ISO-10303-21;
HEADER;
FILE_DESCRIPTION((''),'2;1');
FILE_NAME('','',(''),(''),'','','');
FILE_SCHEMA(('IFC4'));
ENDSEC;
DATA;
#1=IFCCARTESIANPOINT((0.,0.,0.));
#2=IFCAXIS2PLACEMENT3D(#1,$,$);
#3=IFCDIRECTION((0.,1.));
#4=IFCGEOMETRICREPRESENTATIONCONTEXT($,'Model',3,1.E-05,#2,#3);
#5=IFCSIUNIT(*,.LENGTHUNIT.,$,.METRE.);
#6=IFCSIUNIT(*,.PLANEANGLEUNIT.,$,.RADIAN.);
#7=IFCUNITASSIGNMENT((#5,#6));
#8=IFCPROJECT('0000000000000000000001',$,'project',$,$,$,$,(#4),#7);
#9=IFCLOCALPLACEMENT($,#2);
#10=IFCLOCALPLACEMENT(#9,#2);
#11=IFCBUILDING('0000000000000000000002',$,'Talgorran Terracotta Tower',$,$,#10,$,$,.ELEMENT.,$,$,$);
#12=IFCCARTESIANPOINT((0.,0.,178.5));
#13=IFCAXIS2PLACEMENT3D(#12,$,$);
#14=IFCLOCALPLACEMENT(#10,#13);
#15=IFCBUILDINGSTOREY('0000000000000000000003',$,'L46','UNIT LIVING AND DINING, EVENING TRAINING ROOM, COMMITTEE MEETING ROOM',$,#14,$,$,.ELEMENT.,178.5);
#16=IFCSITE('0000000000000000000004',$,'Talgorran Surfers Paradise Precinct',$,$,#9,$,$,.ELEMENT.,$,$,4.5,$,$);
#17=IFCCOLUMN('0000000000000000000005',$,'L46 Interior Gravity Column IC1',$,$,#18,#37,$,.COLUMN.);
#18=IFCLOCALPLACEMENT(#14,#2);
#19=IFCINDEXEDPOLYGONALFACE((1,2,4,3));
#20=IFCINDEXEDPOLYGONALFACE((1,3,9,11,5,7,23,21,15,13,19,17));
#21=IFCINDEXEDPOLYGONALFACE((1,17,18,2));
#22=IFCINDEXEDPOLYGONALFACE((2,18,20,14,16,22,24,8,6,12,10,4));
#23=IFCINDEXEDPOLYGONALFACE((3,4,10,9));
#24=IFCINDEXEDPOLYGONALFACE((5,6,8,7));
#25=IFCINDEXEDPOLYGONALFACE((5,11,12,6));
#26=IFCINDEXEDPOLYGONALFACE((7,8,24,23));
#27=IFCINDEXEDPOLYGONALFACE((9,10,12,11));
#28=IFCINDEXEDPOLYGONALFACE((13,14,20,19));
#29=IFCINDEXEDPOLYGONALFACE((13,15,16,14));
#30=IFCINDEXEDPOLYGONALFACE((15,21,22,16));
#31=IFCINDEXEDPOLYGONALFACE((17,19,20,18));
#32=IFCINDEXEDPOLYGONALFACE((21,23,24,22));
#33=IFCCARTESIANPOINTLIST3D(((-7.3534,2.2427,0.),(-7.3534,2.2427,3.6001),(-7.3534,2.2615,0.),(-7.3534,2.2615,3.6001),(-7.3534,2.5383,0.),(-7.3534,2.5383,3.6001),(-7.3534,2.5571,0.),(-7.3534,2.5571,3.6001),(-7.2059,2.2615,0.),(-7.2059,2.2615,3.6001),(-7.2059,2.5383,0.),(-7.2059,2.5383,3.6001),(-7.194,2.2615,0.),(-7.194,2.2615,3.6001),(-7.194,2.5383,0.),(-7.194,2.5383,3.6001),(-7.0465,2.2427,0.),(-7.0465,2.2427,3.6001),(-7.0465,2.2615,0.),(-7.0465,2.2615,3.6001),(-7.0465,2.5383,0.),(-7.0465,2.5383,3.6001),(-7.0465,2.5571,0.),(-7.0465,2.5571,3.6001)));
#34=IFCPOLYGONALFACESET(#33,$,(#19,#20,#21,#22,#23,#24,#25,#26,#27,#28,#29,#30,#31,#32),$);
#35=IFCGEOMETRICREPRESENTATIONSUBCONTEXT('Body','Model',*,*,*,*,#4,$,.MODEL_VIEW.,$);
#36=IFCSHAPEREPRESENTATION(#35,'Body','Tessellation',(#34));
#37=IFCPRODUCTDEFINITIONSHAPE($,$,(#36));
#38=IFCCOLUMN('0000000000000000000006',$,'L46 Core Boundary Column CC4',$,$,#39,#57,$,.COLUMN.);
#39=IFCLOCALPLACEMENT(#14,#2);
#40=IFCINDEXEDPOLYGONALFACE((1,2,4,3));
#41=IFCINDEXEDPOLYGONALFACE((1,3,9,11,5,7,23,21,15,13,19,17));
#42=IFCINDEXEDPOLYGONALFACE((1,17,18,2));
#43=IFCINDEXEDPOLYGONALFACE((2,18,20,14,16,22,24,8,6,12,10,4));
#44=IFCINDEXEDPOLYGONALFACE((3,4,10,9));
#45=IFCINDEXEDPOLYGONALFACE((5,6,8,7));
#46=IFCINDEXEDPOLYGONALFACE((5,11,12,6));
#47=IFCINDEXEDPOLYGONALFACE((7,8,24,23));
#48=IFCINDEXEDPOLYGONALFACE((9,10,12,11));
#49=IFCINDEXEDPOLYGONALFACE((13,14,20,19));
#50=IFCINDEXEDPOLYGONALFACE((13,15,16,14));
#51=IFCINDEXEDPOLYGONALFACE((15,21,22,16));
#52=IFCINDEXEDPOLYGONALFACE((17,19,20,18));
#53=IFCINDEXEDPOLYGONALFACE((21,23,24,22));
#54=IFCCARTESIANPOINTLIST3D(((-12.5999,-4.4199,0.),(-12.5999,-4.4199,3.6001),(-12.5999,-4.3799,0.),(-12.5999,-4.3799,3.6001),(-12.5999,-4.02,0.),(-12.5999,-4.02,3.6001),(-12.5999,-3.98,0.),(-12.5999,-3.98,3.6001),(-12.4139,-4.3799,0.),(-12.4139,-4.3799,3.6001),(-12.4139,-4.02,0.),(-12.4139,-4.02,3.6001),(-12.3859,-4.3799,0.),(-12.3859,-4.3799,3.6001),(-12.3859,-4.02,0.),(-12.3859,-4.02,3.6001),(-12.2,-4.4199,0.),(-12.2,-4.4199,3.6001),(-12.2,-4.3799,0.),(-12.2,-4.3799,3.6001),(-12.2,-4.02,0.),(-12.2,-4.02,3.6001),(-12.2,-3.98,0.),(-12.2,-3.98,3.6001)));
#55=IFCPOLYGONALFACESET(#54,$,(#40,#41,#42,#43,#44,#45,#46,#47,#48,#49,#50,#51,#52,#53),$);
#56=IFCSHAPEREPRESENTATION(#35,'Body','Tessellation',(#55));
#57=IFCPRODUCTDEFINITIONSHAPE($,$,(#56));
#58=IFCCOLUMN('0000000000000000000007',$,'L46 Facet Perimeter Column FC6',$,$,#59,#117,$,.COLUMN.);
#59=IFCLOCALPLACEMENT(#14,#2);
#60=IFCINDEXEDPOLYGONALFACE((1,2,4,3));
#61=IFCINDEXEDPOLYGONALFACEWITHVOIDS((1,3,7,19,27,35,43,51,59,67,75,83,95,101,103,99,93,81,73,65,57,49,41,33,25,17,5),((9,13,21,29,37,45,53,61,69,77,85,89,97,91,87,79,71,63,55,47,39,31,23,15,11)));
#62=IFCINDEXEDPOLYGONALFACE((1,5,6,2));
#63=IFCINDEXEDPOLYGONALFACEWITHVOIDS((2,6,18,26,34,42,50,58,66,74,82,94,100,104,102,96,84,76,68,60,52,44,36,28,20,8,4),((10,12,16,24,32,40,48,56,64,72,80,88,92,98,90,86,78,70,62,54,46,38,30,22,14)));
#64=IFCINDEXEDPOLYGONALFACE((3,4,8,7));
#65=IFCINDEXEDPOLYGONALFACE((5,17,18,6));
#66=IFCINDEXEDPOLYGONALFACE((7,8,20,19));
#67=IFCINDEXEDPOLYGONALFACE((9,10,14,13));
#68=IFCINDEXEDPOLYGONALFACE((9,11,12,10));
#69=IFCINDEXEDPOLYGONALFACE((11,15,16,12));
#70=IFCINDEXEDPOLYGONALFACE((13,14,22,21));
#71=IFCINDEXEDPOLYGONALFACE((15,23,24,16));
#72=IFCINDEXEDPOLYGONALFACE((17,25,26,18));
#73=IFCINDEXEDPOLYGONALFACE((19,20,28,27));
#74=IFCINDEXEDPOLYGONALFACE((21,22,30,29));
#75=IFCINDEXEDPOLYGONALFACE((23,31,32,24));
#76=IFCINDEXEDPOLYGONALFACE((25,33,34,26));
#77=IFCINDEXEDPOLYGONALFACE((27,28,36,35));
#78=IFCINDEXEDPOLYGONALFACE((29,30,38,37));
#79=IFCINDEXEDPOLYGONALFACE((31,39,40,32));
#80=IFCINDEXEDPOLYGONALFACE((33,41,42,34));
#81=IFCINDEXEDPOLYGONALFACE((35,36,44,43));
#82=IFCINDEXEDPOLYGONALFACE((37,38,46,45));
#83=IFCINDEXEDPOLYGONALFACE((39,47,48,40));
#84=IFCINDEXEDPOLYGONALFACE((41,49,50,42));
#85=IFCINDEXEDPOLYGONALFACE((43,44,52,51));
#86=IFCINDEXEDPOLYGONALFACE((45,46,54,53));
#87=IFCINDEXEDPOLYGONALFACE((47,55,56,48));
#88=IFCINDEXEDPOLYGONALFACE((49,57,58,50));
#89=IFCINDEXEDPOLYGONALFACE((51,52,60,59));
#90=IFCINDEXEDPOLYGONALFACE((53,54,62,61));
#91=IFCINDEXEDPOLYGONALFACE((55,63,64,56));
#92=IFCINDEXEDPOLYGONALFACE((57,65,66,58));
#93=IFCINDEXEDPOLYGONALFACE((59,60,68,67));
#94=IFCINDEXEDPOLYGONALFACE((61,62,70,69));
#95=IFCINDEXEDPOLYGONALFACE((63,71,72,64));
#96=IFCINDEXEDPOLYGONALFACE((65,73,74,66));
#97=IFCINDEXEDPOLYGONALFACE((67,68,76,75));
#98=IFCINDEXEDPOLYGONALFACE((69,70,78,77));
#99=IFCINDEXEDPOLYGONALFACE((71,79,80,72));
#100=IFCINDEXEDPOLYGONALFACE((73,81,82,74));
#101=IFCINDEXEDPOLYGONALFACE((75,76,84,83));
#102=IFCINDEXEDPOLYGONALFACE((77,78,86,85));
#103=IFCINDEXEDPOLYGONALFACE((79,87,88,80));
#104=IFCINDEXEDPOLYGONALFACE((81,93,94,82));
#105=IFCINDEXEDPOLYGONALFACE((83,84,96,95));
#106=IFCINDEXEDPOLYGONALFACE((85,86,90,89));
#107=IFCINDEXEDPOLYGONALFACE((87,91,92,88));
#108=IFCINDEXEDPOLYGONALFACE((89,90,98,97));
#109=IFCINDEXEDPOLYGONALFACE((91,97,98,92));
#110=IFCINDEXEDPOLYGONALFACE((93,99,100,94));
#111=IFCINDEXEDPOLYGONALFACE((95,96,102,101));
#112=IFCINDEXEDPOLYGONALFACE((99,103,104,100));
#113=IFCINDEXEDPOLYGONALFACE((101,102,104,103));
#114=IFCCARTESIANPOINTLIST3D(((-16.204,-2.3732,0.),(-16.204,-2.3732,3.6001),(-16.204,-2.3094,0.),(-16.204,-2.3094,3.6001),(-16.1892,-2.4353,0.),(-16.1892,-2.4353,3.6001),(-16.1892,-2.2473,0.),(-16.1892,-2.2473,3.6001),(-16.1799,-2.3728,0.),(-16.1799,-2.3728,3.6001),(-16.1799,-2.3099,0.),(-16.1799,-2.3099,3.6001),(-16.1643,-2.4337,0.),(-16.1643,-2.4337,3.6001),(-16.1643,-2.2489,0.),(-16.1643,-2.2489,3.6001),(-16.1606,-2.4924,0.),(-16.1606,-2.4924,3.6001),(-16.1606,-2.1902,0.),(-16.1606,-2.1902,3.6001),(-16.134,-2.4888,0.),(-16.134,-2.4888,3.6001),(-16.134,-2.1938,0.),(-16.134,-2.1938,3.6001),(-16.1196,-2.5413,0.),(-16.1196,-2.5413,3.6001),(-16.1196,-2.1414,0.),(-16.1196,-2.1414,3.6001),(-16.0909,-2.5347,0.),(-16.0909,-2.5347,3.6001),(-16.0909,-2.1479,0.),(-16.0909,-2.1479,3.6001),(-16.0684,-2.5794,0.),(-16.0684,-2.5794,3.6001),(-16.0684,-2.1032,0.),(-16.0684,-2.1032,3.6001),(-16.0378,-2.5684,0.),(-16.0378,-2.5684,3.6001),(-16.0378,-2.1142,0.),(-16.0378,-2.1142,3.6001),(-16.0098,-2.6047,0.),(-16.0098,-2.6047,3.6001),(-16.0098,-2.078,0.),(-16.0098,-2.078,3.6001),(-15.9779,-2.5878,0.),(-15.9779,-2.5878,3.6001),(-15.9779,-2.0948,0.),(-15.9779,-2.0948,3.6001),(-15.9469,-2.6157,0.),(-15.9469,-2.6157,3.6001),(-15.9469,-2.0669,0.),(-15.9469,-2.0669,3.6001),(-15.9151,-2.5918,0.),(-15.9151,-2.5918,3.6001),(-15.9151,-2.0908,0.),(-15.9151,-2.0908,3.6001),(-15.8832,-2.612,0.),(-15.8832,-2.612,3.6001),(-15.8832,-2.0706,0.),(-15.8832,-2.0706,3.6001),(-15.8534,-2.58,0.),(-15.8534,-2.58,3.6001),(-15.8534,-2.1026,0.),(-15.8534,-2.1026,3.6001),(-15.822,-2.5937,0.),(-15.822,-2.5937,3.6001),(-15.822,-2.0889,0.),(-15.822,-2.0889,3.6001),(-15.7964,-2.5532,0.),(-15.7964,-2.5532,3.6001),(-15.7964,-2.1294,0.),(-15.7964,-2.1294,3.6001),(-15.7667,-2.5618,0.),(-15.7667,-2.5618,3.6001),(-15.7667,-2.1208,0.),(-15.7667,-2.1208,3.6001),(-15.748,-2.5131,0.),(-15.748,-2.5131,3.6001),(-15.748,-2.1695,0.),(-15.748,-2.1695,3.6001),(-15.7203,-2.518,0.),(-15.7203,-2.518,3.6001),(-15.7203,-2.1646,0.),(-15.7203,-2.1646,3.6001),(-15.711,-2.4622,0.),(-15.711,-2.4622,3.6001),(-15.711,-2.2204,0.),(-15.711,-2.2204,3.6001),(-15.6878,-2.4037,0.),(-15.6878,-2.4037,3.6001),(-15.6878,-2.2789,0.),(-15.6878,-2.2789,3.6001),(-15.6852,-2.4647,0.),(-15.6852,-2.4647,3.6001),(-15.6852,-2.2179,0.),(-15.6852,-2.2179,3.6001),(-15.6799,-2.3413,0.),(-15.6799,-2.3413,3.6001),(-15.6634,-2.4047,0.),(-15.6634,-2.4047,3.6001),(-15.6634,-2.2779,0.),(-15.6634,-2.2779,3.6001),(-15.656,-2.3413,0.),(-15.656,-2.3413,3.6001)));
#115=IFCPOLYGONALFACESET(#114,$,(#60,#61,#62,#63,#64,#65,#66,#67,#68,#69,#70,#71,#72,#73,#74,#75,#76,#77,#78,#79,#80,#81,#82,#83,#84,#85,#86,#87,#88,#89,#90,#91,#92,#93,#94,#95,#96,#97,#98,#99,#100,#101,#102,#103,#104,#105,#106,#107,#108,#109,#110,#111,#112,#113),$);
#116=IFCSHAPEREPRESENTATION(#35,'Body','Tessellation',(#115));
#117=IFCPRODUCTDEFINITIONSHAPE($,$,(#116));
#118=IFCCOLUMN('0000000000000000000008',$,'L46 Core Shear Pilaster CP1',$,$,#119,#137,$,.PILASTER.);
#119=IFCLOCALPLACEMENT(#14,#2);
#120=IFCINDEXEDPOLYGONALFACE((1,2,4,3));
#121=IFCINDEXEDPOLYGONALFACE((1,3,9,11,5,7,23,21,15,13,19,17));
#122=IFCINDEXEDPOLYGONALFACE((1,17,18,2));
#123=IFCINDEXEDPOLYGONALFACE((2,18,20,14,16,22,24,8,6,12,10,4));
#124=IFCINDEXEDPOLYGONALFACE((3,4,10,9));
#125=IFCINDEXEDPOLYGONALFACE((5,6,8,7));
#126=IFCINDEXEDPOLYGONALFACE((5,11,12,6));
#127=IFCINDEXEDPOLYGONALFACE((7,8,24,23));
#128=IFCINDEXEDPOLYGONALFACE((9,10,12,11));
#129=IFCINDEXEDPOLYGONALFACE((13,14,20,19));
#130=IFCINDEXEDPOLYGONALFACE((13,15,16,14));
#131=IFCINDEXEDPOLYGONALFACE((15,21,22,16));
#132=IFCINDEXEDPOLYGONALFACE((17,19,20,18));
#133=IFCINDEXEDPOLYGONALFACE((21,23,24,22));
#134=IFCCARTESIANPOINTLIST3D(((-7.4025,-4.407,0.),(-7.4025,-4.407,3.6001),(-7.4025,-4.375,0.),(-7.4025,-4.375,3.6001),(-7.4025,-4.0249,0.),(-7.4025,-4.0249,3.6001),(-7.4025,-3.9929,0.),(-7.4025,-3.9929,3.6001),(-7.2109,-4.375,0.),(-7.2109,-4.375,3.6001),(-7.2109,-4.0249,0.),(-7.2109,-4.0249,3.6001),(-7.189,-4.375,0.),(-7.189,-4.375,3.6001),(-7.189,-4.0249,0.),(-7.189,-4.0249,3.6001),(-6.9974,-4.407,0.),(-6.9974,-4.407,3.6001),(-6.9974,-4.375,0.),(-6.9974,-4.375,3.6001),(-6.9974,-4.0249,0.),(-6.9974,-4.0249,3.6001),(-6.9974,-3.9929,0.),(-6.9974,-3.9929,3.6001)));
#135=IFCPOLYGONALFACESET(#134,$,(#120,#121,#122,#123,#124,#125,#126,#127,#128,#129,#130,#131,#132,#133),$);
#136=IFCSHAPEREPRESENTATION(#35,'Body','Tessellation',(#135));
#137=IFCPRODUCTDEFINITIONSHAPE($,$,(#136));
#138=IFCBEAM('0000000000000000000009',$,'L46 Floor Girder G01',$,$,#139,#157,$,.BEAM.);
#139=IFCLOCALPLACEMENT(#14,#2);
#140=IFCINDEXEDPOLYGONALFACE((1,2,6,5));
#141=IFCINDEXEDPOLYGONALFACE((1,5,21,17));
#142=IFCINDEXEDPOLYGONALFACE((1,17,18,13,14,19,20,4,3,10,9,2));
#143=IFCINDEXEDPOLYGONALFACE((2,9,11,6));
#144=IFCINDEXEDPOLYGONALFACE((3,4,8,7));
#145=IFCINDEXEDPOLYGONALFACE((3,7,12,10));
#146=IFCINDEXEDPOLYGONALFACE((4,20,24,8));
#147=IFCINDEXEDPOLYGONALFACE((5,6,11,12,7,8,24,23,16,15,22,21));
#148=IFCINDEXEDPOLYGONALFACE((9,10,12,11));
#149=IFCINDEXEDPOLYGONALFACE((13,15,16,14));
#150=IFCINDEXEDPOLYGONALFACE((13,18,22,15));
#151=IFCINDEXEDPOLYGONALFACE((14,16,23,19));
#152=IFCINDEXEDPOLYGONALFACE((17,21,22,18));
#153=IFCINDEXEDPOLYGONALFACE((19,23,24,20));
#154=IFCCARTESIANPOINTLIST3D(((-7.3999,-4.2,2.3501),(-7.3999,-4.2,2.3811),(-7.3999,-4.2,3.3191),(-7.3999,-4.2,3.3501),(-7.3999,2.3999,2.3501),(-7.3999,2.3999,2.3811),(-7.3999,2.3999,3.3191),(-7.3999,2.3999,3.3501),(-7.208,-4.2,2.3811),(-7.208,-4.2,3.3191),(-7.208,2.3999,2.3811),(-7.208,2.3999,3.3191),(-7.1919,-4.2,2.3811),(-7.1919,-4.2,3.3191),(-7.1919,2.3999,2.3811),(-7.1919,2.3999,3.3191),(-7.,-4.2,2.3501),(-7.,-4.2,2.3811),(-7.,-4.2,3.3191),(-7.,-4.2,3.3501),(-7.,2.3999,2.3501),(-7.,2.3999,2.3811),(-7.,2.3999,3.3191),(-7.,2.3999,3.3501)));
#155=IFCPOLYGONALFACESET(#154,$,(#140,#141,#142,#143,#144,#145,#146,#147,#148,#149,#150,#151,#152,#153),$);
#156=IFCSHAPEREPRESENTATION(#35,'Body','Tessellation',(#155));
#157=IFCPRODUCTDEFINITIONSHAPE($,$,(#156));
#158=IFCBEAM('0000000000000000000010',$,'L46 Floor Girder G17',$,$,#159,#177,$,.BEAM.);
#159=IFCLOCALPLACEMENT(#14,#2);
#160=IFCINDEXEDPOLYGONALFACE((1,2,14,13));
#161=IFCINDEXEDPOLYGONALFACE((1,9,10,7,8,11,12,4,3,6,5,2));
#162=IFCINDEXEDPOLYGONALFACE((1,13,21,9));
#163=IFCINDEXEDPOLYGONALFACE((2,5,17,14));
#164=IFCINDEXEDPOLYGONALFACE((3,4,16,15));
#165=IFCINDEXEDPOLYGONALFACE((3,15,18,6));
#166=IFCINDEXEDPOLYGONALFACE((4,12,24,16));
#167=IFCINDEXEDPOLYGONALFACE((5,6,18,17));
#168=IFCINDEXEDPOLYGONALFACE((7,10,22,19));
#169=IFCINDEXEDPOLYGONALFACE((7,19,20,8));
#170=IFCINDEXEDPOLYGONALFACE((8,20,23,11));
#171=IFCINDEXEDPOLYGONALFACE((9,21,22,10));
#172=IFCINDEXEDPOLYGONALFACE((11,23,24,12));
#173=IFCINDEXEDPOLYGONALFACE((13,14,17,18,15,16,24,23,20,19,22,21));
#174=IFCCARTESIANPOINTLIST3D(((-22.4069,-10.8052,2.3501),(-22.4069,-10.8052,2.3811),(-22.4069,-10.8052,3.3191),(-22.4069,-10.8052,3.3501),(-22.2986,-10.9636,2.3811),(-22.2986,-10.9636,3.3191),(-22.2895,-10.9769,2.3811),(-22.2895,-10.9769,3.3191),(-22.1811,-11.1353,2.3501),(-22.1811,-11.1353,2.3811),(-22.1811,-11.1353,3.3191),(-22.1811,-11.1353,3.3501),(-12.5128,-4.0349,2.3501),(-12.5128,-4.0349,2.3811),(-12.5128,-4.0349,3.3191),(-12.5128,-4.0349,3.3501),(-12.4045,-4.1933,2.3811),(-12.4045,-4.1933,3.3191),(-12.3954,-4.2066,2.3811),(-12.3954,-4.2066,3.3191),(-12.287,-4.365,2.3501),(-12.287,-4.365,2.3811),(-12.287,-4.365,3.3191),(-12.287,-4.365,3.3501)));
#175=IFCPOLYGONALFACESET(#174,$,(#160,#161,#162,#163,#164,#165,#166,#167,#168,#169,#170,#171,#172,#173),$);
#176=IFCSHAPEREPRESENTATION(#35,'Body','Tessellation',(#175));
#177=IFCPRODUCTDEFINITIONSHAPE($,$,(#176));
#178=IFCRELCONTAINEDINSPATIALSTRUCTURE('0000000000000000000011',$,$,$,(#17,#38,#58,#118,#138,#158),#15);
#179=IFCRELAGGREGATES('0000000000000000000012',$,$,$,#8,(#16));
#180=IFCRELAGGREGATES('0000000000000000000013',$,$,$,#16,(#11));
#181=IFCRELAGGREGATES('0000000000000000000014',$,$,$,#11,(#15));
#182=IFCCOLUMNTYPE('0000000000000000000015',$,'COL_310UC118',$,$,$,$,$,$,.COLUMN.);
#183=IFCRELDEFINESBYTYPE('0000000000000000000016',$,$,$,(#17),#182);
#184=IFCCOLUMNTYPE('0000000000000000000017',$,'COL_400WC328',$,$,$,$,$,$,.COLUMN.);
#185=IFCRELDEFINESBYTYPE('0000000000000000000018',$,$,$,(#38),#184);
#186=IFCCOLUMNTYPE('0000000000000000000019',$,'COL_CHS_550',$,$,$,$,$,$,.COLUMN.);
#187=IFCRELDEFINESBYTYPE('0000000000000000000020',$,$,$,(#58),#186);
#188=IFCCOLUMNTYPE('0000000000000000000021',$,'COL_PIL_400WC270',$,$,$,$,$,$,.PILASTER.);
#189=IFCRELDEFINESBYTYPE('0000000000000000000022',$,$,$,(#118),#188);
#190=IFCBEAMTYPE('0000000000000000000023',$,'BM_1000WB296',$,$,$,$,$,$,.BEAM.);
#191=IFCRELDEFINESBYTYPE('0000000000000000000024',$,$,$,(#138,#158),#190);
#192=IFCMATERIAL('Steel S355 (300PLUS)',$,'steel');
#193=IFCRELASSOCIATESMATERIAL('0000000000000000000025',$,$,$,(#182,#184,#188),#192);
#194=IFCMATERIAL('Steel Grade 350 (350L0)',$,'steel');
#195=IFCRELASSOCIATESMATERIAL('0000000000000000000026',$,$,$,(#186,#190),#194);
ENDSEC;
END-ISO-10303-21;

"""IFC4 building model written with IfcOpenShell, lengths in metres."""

from ifc_helpers import new_model, si_unit, direction, frame, origin, origin_2d, place, context, subcontext, project, spatial, hollow_circle, i_section, extrude, material, material_profile, profile_set, type_object, element, save


model = new_model("IFC4")

# Units and contexts
model_context = context("Model", 3, precision=1e-05, world=origin(), true_north=direction((0.0, 1.0)))
body_context = subcontext(model_context, "Body", "Model", "MODEL_VIEW")
ifc_project = project(units=[si_unit("LENGTHUNIT", "METRE"), si_unit("PLANEANGLEUNIT", "RADIAN")], contexts=[model_context])

# Site, building, storey
site_placement = place(None, origin())
site = spatial("IfcSite", under=ifc_project, at=site_placement, Name="Talgorran Surfers Paradise Precinct", CompositionType="ELEMENT", RefElevation=4.5)
building_placement = place(site_placement, origin())
building = spatial("IfcBuilding", under=site, at=building_placement, Name="Talgorran Terracotta Tower", CompositionType="ELEMENT")
storey_placement = place(building_placement, frame((0.0, 0.0, 178.5)))
storey = spatial("IfcBuildingStorey", under=building, at=storey_placement, Name="L46", Description="UNIT LIVING AND DINING, EVENING TRAINING ROOM, COMMITTEE MEETING ROOM", CompositionType="ELEMENT", Elevation=178.5)

# Columns
ifc_material_1 = material(Name="Steel S355 (300PLUS)", Category="steel")
ifc_material_profile_1 = material_profile(ifc_material_1, i_section(OverallWidth=0.3069, OverallDepth=0.3145, WebThickness=0.012, FlangeThickness=0.0188, at=origin_2d()), Name="310UC118")
ifc_profile_set_1 = profile_set([ifc_material_profile_1], Name="Steel S355 (300PLUS)")
column_type_1 = type_object("IfcColumnType", Name="COL_310UC118", PredefinedType="COLUMN", material=ifc_profile_set_1)
column_1_placement = place(storey_placement, frame((-7.2, 2.3999, 0.0), z_axis=(0.0, 0.0, 1.0), x_axis=(1.0, 0.0, 0.0)))
element("IfcColumn", 1, at=column_1_placement, inside=storey, type_object=column_type_1, Name="L46 Interior Gravity Column IC1", PredefinedType="COLUMN", context=body_context, shape_type="SweptSolid", body=[
    extrude(i_section(OverallWidth=0.3069, OverallDepth=0.3145, WebThickness=0.012, FlangeThickness=0.0188, at=origin_2d()), origin(), (0.0, 0.0, 1.0), 3.6001),
])
ifc_material_profile_2 = material_profile(ifc_material_1, i_section(OverallWidth=0.3999, OverallDepth=0.4399, WebThickness=0.0281, FlangeThickness=0.04, at=origin_2d()), Name="400WC328")
ifc_profile_set_2 = profile_set([ifc_material_profile_2], Name="Steel S355 (300PLUS)")
column_type_2 = type_object("IfcColumnType", Name="COL_400WC328", PredefinedType="COLUMN", material=ifc_profile_set_2)
column_2_placement = place(storey_placement, frame((-12.3999, -4.2, 0.0), z_axis=(0.0, 0.0, 1.0), x_axis=(1.0, 0.0, 0.0)))
element("IfcColumn", 2, at=column_2_placement, inside=storey, type_object=column_type_2, Name="L46 Core Boundary Column CC4", PredefinedType="COLUMN", context=body_context, shape_type="SweptSolid", body=[
    extrude(i_section(OverallWidth=0.3999, OverallDepth=0.4399, WebThickness=0.0281, FlangeThickness=0.04, at=origin_2d()), origin(), (0.0, 0.0, 1.0), 3.6001),
])
ifc_material_2 = material(Name="Steel Grade 350 (350L0)", Category="steel")
ifc_material_profile_3 = material_profile(ifc_material_2, hollow_circle(Radius=0.2749, WallThickness=0.0239, at=origin_2d()), Name="CHS550X24")
ifc_profile_set_3 = profile_set([ifc_material_profile_3], Name="Steel Grade 350 (350L0)")
column_type_3 = type_object("IfcColumnType", Name="COL_CHS_550", PredefinedType="COLUMN", material=ifc_profile_set_3)
column_3_placement = place(storey_placement, frame((-15.9309, -2.3413, 0.0), z_axis=(0.0, 0.0, 1.0), x_axis=(1.0, 0.0, 0.0)))
element("IfcColumn", 3, at=column_3_placement, inside=storey, type_object=column_type_3, Name="L46 Facet Perimeter Column FC6", PredefinedType="COLUMN", context=body_context, shape_type="SweptSolid", body=[
    extrude(hollow_circle(Radius=0.2749, WallThickness=0.0239, at=origin_2d()), origin(), (0.0, 0.0, 1.0), 3.6001),
])
ifc_material_profile_4 = material_profile(ifc_material_1, i_section(OverallWidth=0.405, OverallDepth=0.4141, WebThickness=0.022, FlangeThickness=0.032, at=origin_2d()), Name="400WC270")
ifc_profile_set_4 = profile_set([ifc_material_profile_4], Name="Steel S355 (300PLUS)")
column_type_4 = type_object("IfcColumnType", Name="COL_PIL_400WC270", PredefinedType="PILASTER", material=ifc_profile_set_4)
column_4_placement = place(storey_placement, frame((-7.2, -4.2, 0.0), z_axis=(0.0, 0.0, 1.0), x_axis=(1.0, 0.0, 0.0)))
element("IfcColumn", 4, at=column_4_placement, inside=storey, type_object=column_type_4, Name="L46 Core Shear Pilaster CP1", PredefinedType="PILASTER", context=body_context, shape_type="SweptSolid", body=[
    extrude(i_section(OverallWidth=0.405, OverallDepth=0.4141, WebThickness=0.022, FlangeThickness=0.032, at=origin_2d()), origin(), (0.0, 0.0, 1.0), 3.6001),
])

# Beams
ifc_material_profile_5 = material_profile(ifc_material_2, i_section(OverallWidth=0.3999, OverallDepth=1.0, WebThickness=0.0161, FlangeThickness=0.031, at=origin_2d()), Name="1000WB296")
ifc_profile_set_5 = profile_set([ifc_material_profile_5], Name="Steel Grade 350 (350L0)")
beam_type_1 = type_object("IfcBeamType", Name="BM_1000WB296", PredefinedType="BEAM", material=ifc_profile_set_5)
beam_1_placement = place(storey_placement, frame((-7.2, -4.2, 2.8501), z_axis=(0.0, 1.0, 0.0), x_axis=(-1.0, 0.0, 0.0)))
element("IfcBeam", 5, at=beam_1_placement, inside=storey, type_object=beam_type_1, Name="L46 Floor Girder G01", PredefinedType="BEAM", context=body_context, shape_type="SweptSolid", body=[
    extrude(i_section(OverallWidth=0.3999, OverallDepth=1.0, WebThickness=0.0161, FlangeThickness=0.031, at=origin_2d()), origin(), (0.0, 0.0, 1.0), 6.5999),
])
beam_2_placement = place(storey_placement, frame((-12.3999, -4.2, 2.8501), z_axis=(-0.825282, -0.564721, 0.0), x_axis=(0.564721, -0.825282, 0.0)))
element("IfcBeam", 6, at=beam_2_placement, inside=storey, type_object=beam_type_1, Name="L46 Floor Girder G17", PredefinedType="BEAM", context=body_context, shape_type="SweptSolid", body=[
    extrude(i_section(OverallWidth=0.3999, OverallDepth=1.0, WebThickness=0.0161, FlangeThickness=0.031, at=origin_2d()), origin(), (0.0, 0.0, 1.0), 11.9888),
])

save(model, "model.ifc")
